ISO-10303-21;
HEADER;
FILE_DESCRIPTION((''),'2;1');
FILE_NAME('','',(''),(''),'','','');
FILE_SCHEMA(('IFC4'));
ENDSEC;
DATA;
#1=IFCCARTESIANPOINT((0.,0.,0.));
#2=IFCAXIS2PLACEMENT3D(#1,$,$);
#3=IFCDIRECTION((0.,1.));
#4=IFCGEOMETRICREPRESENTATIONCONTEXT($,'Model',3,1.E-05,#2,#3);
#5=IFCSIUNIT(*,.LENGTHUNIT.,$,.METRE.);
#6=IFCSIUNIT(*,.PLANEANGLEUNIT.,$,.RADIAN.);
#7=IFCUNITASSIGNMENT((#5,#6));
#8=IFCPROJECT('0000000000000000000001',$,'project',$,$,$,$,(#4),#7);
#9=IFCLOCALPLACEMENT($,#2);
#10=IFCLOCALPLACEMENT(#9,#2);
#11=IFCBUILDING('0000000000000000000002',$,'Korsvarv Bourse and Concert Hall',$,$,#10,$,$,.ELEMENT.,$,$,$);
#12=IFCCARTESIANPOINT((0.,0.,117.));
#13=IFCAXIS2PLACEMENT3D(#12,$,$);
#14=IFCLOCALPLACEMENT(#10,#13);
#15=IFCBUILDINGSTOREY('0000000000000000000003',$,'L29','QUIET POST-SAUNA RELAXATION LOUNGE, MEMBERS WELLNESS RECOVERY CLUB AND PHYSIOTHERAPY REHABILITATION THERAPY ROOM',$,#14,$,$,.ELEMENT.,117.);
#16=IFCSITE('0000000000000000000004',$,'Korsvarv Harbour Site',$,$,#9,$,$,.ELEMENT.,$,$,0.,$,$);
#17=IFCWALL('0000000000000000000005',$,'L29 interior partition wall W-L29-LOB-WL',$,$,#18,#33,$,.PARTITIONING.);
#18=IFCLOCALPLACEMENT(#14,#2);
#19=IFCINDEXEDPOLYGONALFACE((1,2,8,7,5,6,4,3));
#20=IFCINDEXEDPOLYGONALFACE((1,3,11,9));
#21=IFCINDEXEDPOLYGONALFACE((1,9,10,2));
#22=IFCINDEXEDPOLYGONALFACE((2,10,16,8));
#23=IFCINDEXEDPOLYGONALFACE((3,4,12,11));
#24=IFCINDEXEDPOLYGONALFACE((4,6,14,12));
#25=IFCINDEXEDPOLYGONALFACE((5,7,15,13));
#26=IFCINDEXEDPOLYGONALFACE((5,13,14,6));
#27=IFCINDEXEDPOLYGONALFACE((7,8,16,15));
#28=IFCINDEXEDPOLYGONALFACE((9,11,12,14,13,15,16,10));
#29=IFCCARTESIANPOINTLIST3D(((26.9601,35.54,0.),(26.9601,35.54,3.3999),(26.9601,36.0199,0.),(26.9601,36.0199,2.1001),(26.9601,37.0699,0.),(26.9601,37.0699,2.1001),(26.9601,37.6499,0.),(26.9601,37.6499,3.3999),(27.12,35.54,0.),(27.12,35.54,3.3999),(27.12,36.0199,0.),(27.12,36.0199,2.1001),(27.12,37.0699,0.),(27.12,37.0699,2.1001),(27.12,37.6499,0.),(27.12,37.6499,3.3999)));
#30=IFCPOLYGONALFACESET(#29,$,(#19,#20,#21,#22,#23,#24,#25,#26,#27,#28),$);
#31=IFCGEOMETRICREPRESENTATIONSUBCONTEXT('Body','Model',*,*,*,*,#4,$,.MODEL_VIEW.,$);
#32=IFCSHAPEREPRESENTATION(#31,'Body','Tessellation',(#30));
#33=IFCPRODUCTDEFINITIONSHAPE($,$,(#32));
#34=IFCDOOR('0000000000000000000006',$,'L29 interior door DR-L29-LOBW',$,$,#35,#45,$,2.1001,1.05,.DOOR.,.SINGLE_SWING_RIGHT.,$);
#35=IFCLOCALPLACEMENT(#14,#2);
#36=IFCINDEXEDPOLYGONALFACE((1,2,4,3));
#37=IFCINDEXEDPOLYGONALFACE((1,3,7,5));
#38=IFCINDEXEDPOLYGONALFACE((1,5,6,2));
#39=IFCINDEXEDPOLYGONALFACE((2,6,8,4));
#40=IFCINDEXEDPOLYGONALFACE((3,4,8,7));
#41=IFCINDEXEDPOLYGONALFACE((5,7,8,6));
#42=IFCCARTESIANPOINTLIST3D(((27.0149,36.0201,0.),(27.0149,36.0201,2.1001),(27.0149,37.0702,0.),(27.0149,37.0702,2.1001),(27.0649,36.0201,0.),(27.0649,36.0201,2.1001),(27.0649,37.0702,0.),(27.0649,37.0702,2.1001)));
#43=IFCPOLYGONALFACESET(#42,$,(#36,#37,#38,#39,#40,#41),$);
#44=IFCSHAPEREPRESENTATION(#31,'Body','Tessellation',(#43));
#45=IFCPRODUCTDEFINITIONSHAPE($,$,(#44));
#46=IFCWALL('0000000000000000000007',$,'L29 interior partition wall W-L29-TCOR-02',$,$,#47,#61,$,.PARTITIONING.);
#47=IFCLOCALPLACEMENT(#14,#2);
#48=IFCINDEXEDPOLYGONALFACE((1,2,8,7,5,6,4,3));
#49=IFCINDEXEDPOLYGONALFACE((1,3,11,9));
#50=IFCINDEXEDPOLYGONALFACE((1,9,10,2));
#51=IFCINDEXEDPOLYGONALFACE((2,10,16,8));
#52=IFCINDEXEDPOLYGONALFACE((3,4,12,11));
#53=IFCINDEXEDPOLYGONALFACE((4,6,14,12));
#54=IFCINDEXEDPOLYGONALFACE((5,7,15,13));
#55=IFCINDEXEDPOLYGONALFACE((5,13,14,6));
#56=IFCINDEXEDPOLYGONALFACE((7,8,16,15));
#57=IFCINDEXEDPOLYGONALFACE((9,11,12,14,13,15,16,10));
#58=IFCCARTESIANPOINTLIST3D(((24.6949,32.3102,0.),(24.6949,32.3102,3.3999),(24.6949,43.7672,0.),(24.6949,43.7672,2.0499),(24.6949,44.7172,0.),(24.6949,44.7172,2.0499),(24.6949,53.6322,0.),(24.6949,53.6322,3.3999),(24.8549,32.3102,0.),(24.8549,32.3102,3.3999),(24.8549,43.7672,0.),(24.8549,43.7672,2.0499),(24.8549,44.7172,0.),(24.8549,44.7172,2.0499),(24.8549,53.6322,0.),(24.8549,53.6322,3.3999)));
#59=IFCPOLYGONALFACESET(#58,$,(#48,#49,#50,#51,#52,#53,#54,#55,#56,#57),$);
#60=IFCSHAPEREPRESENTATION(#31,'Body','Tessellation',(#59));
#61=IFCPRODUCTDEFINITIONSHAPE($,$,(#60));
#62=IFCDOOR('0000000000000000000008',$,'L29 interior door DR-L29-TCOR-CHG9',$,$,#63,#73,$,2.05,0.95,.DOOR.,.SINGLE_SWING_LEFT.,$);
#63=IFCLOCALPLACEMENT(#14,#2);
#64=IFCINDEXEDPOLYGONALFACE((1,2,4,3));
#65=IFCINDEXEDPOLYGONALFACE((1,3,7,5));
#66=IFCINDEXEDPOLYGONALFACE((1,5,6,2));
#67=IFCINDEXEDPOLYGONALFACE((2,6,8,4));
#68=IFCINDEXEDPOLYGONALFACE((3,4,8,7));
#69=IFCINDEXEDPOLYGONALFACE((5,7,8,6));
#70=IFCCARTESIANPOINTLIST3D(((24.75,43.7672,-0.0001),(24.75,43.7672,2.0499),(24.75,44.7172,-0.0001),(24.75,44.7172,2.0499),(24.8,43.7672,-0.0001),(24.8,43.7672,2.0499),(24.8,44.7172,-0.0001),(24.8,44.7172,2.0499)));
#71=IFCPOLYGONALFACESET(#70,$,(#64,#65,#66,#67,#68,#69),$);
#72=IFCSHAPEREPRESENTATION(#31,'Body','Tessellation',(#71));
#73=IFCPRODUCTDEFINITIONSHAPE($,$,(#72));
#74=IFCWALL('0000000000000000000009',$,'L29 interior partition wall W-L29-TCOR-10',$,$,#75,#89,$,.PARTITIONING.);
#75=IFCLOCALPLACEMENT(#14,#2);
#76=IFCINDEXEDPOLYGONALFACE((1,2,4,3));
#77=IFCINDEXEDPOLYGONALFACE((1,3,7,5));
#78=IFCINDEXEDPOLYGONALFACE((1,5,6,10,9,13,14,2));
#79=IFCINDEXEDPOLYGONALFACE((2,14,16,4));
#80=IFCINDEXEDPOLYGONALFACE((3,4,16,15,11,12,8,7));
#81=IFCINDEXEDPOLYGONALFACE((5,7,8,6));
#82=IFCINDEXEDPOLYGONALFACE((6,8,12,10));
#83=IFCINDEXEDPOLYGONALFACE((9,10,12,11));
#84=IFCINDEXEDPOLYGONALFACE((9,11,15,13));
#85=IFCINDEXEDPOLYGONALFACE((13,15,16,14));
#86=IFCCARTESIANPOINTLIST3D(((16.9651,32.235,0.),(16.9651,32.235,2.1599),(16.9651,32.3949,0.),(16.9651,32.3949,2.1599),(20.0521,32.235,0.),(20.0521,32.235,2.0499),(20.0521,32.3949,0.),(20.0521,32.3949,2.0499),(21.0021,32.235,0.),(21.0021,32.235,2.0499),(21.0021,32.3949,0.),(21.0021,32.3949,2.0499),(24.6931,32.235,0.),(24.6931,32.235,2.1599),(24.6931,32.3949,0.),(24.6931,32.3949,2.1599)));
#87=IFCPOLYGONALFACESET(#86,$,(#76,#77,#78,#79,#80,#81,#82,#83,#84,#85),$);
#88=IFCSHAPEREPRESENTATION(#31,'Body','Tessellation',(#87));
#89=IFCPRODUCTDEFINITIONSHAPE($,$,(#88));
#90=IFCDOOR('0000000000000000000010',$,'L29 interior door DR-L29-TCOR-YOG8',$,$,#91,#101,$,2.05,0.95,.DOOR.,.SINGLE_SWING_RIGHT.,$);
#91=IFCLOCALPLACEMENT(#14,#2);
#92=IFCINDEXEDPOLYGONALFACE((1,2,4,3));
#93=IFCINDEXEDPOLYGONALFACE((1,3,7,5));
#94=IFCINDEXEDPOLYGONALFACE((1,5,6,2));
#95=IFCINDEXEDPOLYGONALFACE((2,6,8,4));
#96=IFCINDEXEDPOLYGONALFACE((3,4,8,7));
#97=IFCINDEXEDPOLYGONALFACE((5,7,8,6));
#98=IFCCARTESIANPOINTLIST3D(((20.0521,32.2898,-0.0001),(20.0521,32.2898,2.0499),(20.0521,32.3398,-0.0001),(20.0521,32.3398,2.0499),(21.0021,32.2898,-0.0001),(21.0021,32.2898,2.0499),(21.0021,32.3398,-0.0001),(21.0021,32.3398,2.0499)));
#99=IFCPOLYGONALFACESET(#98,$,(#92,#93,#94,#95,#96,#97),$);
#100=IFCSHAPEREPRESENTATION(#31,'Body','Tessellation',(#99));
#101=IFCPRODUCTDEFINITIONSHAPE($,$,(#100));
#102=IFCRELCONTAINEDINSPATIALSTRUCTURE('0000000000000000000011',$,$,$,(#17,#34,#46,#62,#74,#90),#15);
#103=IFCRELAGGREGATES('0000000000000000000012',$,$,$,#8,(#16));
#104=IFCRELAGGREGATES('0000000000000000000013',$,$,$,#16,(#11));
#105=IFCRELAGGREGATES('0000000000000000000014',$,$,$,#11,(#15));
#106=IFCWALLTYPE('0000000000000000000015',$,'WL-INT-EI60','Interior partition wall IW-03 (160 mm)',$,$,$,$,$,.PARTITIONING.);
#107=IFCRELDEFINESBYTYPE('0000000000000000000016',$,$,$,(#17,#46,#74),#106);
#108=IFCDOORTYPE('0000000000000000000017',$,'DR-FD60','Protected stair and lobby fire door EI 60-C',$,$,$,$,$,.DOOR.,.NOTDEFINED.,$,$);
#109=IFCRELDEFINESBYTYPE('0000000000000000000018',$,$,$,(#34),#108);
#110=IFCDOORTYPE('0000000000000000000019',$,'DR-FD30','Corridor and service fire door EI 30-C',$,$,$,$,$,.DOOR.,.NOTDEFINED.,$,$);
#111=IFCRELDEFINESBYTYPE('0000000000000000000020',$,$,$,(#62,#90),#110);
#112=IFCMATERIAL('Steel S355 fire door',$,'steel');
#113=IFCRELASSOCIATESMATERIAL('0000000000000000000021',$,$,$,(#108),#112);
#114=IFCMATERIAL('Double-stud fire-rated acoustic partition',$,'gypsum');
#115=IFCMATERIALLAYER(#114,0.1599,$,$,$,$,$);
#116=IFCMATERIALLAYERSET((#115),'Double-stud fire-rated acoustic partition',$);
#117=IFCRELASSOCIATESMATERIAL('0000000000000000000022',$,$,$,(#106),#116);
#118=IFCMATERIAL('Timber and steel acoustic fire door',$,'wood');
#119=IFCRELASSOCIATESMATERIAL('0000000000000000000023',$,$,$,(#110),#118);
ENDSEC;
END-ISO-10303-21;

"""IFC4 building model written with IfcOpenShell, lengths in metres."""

from ifc_helpers import new_model, si_unit, direction, frame, frame_2d, origin, place, context, subcontext, project, spatial, rectangle, extrude, material, layer, layer_set, type_object, element, fill, save


model = new_model("IFC4")

# Units and contexts
model_context = context("Model", 3, precision=1e-05, world=origin(), true_north=direction((0.0, 1.0)))
body_context = subcontext(model_context, "Body", "Model", "MODEL_VIEW")
ifc_project = project(units=[si_unit("LENGTHUNIT", "METRE"), si_unit("PLANEANGLEUNIT", "RADIAN")], contexts=[model_context])

# Site, building, storey
site_placement = place(None, origin())
site = spatial("IfcSite", under=ifc_project, at=site_placement, Name="Korsvarv Harbour Site", CompositionType="ELEMENT", RefElevation=0.0)
building_placement = place(site_placement, origin())
building = spatial("IfcBuilding", under=site, at=building_placement, Name="Korsvarv Bourse and Concert Hall", CompositionType="ELEMENT")
storey_placement = place(building_placement, frame((0.0, 0.0, 117.0)))
storey = spatial("IfcBuildingStorey", under=building, at=storey_placement, Name="L29", Description="QUIET POST-SAUNA RELAXATION LOUNGE, MEMBERS WELLNESS RECOVERY CLUB AND PHYSIOTHERAPY REHABILITATION THERAPY ROOM", CompositionType="ELEMENT", Elevation=117.0)

# Shared definitions
ifc_material_1 = material(Name="Steel S355 fire door", Category="steel")
door_type_1 = type_object("IfcDoorType", Name="DR-FD60", Description="Protected stair and lobby fire door EI 60-C", OperationType="NOTDEFINED", PredefinedType="DOOR", material=ifc_material_1)

# Shared definitions
ifc_material_2 = material(Name="Double-stud fire-rated acoustic partition", Category="gypsum")
ifc_layer_1 = layer(ifc_material_2, 0.1599)
ifc_layer_set_1 = layer_set([ifc_layer_1], Name="Double-stud fire-rated acoustic partition")
wall_type_1 = type_object("IfcWallType", Name="WL-INT-EI60", Description="Interior partition wall IW-03 (160 mm)", PredefinedType="PARTITIONING", material=ifc_layer_set_1)

# Walls, openings, doors
wall_1_placement = place(storey_placement, frame((27.04, 35.54, 0.0), z_axis=(0.0, 0.0, 1.0), x_axis=(0.0, 1.0, 0.0)))
wall_1 = element("IfcWall", 1, at=wall_1_placement, inside=storey, type_object=wall_type_1, Name="L29 interior partition wall W-L29-LOB-WL", PredefinedType="PARTITIONING", context=body_context, shape_type="SweptSolid", body=[
    extrude(rectangle(XDim=2.1099, YDim=0.1599, at=frame_2d((1.0549, 0.0))), origin(), (0.0, 0.0, 1.0), 3.3999),
])
opening_1_placement = place(wall_1_placement, frame((0.48, 0.0, 0.0)))
opening_1 = element("IfcOpeningElement", 2, at=opening_1_placement, cuts=wall_1, PredefinedType="OPENING", context=body_context, shape_type="SweptSolid", body=[
    extrude(rectangle(XDim=1.05, YDim=2.1001, at=frame_2d((0.5249, 1.05))), frame((0.0, 0.0898, 0.0), z_axis=(0.0, -1.0, 0.0), x_axis=(1.0, 0.0, 0.0)), (0.0, 0.0, 1.0), 0.1799),
])
door_1_placement = place(opening_1_placement, frame((1.05, 0.0, 0.0), z_axis=(0.0, 0.0, 1.0), x_axis=(-1.0, 0.0, 0.0)))
door_1 = element("IfcDoor", 3, at=door_1_placement, inside=storey, type_object=door_type_1, Name="L29 interior door DR-L29-LOBW", OperationType="SINGLE_SWING_RIGHT", OverallHeight=2.1001, OverallWidth=1.05, PredefinedType="DOOR", context=body_context, shape_type="SweptSolid", body=[
    extrude(rectangle(XDim=1.05, YDim=2.1001, at=frame_2d((0.5249, 1.05))), frame((0.0, 0.0249, 0.0), z_axis=(0.0, -1.0, 0.0), x_axis=(1.0, 0.0, 0.0)), (0.0, 0.0, 1.0), 0.05),
])
fill(opening_1, door_1)
wall_2_placement = place(storey_placement, frame((24.7749, 32.3101, 0.0), z_axis=(0.0, 0.0, 1.0), x_axis=(0.0, 1.0, 0.0)))
wall_2 = element("IfcWall", 4, at=wall_2_placement, inside=storey, type_object=wall_type_1, Name="L29 interior partition wall W-L29-TCOR-02", PredefinedType="PARTITIONING", context=body_context, shape_type="SweptSolid", body=[
    extrude(rectangle(XDim=21.322, YDim=0.1599, at=frame_2d((10.6611, 0.0))), origin(), (0.0, 0.0, 1.0), 3.3999),
])
opening_2_placement = place(wall_2_placement, frame((11.457, 0.0, 0.0)))
opening_2 = element("IfcOpeningElement", 5, at=opening_2_placement, cuts=wall_2, PredefinedType="OPENING", context=body_context, shape_type="SweptSolid", body=[
    extrude(rectangle(XDim=0.95, YDim=2.05, at=frame_2d((0.4751, 1.0249))), frame((0.0, 0.0898, 0.0), z_axis=(0.0, -1.0, 0.0), x_axis=(1.0, 0.0, 0.0)), (0.0, 0.0, 1.0), 0.1799),
])
ifc_material_3 = material(Name="Timber and steel acoustic fire door", Category="wood")
door_type_2 = type_object("IfcDoorType", Name="DR-FD30", Description="Corridor and service fire door EI 30-C", OperationType="NOTDEFINED", PredefinedType="DOOR", material=ifc_material_3)
door_2_placement = place(opening_2_placement, origin())
door_2 = element("IfcDoor", 6, at=door_2_placement, inside=storey, type_object=door_type_2, Name="L29 interior door DR-L29-TCOR-CHG9", OperationType="SINGLE_SWING_LEFT", OverallHeight=2.05, OverallWidth=0.95, PredefinedType="DOOR", context=body_context, shape_type="SweptSolid", body=[
    extrude(rectangle(XDim=0.95, YDim=2.05, at=frame_2d((0.4751, 1.0249))), frame((0.0, 0.0249, 0.0), z_axis=(0.0, -1.0, 0.0), x_axis=(1.0, 0.0, 0.0)), (0.0, 0.0, 1.0), 0.05),
])
fill(opening_2, door_2)
wall_3_placement = place(storey_placement, frame((16.9651, 32.3149, 0.0), z_axis=(0.0, 0.0, 1.0), x_axis=(1.0, 0.0, 0.0)))
wall_3 = element("IfcWall", 7, at=wall_3_placement, inside=storey, type_object=wall_type_1, Name="L29 interior partition wall W-L29-TCOR-10", PredefinedType="PARTITIONING", context=body_context, shape_type="SweptSolid", body=[
    extrude(rectangle(XDim=7.728, YDim=0.1599, at=frame_2d((3.864, 0.0))), origin(), (0.0, 0.0, 1.0), 2.1599),
])
opening_3_placement = place(wall_3_placement, frame((3.0869, 0.0, 0.0)))
opening_3 = element("IfcOpeningElement", 8, at=opening_3_placement, cuts=wall_3, PredefinedType="OPENING", context=body_context, shape_type="SweptSolid", body=[
    extrude(rectangle(XDim=0.95, YDim=2.05, at=frame_2d((0.4751, 1.0249))), frame((0.0, 0.0898, 0.0), z_axis=(0.0, -1.0, 0.0), x_axis=(1.0, 0.0, 0.0)), (0.0, 0.0, 1.0), 0.1799),
])
door_3_placement = place(opening_3_placement, origin())
door_3 = element("IfcDoor", 9, at=door_3_placement, inside=storey, type_object=door_type_2, Name="L29 interior door DR-L29-TCOR-YOG8", OperationType="SINGLE_SWING_RIGHT", OverallHeight=2.05, OverallWidth=0.95, PredefinedType="DOOR", context=body_context, shape_type="SweptSolid", body=[
    extrude(rectangle(XDim=0.95, YDim=2.05, at=frame_2d((0.4751, 1.0249))), frame((0.0, 0.0249, 0.0), z_axis=(0.0, -1.0, 0.0), x_axis=(1.0, 0.0, 0.0)), (0.0, 0.0, 1.0), 0.05),
])
fill(opening_3, door_3)

save(model, "model.ifc")
